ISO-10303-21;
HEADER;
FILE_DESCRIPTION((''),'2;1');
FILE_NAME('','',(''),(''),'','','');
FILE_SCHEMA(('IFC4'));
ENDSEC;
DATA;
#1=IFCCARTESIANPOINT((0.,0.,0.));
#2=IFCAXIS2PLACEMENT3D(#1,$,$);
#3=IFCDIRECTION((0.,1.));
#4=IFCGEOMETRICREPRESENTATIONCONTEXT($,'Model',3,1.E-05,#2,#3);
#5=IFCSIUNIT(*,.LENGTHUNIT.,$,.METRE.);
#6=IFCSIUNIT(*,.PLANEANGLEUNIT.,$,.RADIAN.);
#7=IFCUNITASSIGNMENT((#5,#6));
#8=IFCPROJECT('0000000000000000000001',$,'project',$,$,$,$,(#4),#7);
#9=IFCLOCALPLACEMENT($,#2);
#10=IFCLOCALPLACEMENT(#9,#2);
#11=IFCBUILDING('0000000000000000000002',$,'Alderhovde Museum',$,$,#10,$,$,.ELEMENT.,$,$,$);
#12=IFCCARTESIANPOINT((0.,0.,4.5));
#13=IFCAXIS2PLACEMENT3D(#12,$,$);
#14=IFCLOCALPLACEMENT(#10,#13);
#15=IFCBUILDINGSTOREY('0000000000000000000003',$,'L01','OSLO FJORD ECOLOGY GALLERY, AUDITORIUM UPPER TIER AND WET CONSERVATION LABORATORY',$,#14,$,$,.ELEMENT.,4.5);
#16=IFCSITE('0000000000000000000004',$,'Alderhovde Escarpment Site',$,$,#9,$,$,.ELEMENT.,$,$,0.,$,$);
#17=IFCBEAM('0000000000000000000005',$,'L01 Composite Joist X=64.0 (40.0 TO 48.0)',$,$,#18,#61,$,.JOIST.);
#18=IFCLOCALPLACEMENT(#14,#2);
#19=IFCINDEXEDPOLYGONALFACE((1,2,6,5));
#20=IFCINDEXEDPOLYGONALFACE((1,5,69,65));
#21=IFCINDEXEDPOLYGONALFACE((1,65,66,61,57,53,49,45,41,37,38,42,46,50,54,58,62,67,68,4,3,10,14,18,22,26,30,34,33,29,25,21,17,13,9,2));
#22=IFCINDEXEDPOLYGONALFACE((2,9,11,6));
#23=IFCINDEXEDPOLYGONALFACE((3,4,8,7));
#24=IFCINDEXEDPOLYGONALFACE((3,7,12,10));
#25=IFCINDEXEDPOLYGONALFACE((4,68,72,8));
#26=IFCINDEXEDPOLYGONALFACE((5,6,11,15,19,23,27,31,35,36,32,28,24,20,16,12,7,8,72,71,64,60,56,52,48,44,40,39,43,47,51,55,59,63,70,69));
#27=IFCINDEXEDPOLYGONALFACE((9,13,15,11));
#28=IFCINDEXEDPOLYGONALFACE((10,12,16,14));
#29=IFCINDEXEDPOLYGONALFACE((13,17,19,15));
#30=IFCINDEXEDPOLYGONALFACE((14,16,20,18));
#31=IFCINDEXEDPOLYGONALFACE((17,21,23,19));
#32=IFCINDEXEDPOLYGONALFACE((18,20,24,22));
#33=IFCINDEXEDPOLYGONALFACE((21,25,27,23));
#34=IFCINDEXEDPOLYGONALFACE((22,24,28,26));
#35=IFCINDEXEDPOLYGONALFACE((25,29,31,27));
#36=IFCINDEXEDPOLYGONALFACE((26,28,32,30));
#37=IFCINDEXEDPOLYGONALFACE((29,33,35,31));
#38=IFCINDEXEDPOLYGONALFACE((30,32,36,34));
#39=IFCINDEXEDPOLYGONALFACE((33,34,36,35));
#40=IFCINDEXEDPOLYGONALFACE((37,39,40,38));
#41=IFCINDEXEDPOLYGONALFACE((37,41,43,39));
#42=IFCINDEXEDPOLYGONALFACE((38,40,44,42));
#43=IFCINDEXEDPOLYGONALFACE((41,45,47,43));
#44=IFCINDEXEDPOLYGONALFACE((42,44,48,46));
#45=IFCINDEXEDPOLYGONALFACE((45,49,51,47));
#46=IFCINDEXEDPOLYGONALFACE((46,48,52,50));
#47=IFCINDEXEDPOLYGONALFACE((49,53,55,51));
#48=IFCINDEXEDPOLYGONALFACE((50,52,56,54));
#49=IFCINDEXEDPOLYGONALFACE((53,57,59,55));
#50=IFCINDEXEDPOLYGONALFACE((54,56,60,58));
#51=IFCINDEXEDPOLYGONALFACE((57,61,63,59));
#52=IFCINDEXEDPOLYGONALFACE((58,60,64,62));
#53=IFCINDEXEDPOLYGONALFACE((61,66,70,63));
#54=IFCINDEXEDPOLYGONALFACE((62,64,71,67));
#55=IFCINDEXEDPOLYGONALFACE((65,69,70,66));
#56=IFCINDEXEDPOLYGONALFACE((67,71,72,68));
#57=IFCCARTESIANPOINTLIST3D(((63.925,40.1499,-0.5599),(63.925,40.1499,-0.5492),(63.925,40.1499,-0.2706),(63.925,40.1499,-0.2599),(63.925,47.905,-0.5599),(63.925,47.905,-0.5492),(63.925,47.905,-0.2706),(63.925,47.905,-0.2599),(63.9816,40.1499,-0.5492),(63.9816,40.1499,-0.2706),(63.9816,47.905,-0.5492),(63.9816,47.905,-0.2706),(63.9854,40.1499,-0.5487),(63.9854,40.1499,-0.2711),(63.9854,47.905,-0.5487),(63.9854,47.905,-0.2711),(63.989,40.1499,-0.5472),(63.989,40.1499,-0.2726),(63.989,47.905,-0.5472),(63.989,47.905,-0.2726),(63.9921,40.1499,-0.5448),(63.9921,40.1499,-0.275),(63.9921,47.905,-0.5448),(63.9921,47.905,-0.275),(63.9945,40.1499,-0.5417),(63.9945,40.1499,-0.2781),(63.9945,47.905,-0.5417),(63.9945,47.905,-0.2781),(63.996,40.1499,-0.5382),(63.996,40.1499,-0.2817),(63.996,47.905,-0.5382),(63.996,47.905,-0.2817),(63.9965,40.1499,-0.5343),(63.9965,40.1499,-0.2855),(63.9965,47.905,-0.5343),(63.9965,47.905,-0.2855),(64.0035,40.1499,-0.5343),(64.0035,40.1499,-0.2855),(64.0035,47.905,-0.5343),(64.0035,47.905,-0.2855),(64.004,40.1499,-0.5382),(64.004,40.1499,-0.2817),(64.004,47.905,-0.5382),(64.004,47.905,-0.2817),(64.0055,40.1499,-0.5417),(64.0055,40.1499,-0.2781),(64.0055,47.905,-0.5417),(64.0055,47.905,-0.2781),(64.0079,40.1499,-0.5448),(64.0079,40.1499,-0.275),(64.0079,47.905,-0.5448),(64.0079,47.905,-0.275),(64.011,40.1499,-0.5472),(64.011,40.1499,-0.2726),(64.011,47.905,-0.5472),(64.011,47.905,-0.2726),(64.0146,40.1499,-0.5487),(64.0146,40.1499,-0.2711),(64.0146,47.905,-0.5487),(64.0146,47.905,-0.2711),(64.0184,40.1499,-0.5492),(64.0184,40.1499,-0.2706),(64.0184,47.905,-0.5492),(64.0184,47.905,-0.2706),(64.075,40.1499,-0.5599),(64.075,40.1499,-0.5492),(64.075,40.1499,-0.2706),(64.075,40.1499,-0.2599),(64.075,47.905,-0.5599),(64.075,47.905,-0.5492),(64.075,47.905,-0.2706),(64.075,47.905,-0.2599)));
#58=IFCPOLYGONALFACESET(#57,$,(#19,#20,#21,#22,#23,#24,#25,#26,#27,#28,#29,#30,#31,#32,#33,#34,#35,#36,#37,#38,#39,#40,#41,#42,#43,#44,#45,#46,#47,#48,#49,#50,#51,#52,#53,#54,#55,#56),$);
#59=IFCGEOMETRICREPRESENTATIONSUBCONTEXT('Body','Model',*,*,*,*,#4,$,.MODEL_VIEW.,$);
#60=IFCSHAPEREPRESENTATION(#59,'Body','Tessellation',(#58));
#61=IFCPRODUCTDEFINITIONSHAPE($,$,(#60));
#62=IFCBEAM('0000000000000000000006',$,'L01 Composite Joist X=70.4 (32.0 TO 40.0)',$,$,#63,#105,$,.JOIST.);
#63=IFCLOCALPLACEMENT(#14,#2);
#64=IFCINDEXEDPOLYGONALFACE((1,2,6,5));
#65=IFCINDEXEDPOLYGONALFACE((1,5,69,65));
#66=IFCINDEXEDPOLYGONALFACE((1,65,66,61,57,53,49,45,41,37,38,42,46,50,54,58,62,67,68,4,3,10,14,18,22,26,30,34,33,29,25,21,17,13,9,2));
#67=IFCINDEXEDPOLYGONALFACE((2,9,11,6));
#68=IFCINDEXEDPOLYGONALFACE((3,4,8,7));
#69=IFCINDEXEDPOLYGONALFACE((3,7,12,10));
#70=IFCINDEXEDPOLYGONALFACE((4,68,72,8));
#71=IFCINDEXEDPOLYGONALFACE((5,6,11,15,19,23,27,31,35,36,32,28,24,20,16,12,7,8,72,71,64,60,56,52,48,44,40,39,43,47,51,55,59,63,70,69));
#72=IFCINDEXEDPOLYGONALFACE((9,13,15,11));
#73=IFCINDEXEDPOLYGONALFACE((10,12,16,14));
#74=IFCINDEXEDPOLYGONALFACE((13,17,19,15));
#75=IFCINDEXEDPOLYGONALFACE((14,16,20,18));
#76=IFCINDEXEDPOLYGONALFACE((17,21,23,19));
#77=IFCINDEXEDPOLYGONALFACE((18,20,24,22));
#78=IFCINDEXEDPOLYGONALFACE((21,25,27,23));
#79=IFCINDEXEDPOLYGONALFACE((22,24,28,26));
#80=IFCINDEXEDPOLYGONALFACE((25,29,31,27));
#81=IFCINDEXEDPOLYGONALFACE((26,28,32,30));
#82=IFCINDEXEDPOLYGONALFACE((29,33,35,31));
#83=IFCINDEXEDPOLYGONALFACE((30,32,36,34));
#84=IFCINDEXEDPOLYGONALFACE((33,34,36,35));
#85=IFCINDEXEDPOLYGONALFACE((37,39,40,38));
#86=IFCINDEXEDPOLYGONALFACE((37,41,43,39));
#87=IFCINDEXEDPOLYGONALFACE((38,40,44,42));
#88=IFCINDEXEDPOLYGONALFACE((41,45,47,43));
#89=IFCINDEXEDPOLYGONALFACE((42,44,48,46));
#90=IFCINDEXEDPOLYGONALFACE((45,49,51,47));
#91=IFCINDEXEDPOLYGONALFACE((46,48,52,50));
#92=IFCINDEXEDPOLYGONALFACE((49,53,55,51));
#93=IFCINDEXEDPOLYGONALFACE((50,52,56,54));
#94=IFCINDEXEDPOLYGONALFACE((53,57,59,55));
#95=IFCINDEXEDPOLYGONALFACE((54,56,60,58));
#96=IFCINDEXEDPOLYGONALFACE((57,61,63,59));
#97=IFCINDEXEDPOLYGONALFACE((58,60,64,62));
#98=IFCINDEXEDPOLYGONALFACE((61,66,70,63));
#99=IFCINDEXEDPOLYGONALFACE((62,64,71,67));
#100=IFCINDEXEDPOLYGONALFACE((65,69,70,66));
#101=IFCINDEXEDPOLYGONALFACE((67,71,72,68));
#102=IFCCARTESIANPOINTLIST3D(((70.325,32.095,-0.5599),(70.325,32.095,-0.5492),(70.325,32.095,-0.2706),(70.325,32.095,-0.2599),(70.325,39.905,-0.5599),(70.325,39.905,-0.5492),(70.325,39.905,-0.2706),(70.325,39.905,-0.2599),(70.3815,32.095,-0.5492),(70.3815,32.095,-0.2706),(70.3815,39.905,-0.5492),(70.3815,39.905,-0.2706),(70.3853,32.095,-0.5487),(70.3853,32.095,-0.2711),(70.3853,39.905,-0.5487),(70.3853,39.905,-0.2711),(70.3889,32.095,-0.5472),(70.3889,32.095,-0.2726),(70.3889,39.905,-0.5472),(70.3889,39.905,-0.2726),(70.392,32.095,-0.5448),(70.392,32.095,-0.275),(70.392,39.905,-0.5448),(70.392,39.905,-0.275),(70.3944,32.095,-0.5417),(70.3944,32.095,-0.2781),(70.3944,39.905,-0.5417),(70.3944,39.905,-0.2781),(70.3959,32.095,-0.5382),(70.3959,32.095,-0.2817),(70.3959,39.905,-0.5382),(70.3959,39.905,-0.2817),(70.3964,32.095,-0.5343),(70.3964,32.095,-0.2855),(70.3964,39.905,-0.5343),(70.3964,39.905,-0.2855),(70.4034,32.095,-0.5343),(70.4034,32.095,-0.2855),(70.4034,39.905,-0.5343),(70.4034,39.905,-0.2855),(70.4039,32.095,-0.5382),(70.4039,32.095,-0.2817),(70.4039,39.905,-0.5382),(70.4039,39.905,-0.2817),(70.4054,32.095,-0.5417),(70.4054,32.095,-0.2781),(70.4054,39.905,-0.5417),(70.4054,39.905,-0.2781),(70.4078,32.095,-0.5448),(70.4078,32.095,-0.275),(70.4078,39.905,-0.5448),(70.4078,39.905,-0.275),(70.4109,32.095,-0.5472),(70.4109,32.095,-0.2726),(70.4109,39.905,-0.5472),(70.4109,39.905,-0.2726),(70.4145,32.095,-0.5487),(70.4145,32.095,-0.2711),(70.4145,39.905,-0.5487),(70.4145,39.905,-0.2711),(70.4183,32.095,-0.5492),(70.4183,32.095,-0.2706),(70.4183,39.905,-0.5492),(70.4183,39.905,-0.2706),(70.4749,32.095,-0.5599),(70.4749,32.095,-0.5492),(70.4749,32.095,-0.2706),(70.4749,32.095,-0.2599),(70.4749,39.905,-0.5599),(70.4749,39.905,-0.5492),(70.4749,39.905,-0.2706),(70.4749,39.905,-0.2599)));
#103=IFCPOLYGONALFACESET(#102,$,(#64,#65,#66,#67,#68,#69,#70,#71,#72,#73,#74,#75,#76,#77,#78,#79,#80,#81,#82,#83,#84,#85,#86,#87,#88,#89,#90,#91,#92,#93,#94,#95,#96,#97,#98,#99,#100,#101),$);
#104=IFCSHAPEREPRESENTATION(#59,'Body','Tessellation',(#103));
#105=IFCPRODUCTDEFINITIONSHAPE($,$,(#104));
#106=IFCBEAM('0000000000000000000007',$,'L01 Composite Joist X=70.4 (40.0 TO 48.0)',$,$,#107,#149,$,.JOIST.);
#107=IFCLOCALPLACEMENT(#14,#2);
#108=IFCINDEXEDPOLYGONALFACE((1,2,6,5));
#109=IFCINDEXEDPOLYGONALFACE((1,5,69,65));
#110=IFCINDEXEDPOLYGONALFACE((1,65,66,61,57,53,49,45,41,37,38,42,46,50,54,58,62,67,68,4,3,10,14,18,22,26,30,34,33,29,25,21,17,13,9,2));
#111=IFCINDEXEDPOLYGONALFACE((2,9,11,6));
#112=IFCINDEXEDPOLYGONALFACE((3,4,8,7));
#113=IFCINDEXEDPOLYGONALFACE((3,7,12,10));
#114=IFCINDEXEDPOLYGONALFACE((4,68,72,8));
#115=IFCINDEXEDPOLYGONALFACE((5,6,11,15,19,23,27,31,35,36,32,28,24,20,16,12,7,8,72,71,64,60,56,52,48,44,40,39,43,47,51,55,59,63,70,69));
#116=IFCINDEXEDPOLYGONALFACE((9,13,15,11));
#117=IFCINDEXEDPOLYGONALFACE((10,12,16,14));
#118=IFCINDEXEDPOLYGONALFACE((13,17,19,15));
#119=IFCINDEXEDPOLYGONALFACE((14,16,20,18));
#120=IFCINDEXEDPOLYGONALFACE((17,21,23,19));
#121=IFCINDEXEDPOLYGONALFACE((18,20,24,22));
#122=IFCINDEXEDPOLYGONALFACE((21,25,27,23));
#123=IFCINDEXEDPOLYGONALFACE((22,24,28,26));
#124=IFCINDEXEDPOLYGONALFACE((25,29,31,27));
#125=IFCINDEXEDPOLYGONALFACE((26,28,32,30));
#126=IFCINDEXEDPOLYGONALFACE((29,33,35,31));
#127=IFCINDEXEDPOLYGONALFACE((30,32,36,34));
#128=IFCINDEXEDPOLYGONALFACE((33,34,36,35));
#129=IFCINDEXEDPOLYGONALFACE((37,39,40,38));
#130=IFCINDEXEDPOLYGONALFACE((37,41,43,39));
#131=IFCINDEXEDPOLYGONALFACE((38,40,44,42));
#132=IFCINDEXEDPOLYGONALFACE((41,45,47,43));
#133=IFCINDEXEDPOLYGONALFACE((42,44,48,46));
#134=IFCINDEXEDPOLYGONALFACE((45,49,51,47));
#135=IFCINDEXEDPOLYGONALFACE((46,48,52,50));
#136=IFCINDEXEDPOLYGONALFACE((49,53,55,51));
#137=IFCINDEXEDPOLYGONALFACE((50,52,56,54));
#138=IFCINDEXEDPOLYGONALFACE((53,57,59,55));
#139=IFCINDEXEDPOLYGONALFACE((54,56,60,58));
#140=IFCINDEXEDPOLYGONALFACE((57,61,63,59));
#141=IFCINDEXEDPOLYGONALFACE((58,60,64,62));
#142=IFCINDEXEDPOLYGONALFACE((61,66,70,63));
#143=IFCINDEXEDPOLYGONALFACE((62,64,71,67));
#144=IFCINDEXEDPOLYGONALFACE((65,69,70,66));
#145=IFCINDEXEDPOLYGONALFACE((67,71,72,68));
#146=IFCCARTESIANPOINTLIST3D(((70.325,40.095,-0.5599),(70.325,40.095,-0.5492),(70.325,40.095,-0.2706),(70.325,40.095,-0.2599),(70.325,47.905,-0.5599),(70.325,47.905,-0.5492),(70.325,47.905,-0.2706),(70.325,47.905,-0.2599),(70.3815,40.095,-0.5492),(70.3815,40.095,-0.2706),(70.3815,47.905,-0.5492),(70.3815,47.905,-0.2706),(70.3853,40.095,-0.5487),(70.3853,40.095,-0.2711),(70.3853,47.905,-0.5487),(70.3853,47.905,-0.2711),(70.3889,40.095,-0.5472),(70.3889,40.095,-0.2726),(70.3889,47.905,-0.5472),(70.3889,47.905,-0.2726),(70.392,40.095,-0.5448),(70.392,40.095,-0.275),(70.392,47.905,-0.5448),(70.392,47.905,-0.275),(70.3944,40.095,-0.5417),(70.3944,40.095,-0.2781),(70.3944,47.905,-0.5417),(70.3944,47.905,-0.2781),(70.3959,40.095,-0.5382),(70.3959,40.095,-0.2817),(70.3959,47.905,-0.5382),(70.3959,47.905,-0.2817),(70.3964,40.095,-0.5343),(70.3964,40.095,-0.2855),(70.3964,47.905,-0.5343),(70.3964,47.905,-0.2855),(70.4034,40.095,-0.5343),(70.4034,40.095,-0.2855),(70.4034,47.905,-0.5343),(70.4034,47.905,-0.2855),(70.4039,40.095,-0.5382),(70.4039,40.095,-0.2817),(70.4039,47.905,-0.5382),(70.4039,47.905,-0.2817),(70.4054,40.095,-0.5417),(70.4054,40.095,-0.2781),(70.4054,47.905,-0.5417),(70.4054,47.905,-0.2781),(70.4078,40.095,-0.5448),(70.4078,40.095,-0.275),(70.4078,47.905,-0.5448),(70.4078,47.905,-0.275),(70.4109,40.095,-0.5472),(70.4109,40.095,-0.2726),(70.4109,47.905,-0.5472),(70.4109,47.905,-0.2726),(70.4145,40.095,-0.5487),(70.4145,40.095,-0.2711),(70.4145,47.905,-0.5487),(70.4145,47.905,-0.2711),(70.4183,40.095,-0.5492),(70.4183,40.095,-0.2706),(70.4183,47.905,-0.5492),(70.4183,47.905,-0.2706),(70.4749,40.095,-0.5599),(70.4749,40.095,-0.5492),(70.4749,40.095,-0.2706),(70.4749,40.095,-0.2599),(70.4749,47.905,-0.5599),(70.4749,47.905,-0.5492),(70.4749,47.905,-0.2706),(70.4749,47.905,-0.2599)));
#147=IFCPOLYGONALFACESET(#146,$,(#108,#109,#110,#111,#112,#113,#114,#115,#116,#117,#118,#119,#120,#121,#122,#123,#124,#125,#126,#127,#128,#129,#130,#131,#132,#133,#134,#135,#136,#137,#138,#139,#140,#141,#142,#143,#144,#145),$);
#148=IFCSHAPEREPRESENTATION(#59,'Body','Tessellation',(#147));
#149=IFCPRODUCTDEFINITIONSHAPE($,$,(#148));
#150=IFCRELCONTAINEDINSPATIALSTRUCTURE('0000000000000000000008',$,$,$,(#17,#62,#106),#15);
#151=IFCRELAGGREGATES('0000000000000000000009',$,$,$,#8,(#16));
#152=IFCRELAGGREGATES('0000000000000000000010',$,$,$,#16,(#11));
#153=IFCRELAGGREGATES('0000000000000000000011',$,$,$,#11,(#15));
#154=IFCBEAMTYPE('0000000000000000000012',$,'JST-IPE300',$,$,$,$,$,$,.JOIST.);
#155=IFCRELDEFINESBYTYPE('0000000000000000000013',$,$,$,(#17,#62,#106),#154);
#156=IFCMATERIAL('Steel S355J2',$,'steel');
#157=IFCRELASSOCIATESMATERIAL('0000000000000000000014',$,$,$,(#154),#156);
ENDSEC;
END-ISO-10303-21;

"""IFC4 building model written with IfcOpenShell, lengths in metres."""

from ifc_helpers import new_model, si_unit, direction, frame, origin, origin_2d, place, context, subcontext, project, spatial, i_section, extrude, material, material_profile, profile_set, type_object, element, save


model = new_model("IFC4")

# Units and contexts
model_context = context("Model", 3, precision=1e-05, world=origin(), true_north=direction((0.0, 1.0)))
body_context = subcontext(model_context, "Body", "Model", "MODEL_VIEW")
ifc_project = project(units=[si_unit("LENGTHUNIT", "METRE"), si_unit("PLANEANGLEUNIT", "RADIAN")], contexts=[model_context])

# Site, building, storey
site_placement = place(None, origin())
site = spatial("IfcSite", under=ifc_project, at=site_placement, Name="Alderhovde Escarpment Site", CompositionType="ELEMENT", RefElevation=0.0)
building_placement = place(site_placement, origin())
building = spatial("IfcBuilding", under=site, at=building_placement, Name="Alderhovde Museum", CompositionType="ELEMENT")
storey_placement = place(building_placement, frame((0.0, 0.0, 4.5)))
storey = spatial("IfcBuildingStorey", under=building, at=storey_placement, Name="L01", Description="OSLO FJORD ECOLOGY GALLERY, AUDITORIUM UPPER TIER AND WET CONSERVATION LABORATORY", CompositionType="ELEMENT", Elevation=4.5)

# Beams
ifc_material_1 = material(Name="Steel S355J2", Category="steel")
ifc_material_profile_1 = material_profile(ifc_material_1, i_section(OverallWidth=0.1499, OverallDepth=0.3, WebThickness=0.0071, FlangeThickness=0.0107, FilletRadius=0.0149, at=origin_2d()), Name="IPE 300")
ifc_profile_set_1 = profile_set([ifc_material_profile_1], Name="Steel S355J2")
beam_type_1 = type_object("IfcBeamType", Name="JST-IPE300", PredefinedType="JOIST", material=ifc_profile_set_1)
for number, where, z_axis, x_axis, name in (
    (1, (64.0, 40.1499, -0.4099), (0.0, 1.0, 0.0), (-1.0, 0.0, 0.0), "L01 Composite Joist X=64.0 (40.0 TO 48.0)"),
):
    element("IfcBeam", number, at=place(storey_placement, frame(where, z_axis=z_axis, x_axis=x_axis)), inside=storey, type_object=beam_type_1, Name=name, PredefinedType="JOIST", context=body_context, shape_type="SweptSolid", body=[
        extrude(i_section(OverallWidth=0.1499, OverallDepth=0.3, WebThickness=0.0071, FlangeThickness=0.0107, FilletRadius=0.0149, at=origin_2d()), origin(), (0.0, 0.0, 1.0), 7.7551),
    ])
for number, where, z_axis, x_axis, name in (
    (2, (70.3999, 32.095, -0.4099), (0.0, 1.0, 0.0), (-1.0, 0.0, 0.0), "L01 Composite Joist X=70.4 (32.0 TO 40.0)"),
    (3, (70.3999, 40.095, -0.4099), (0.0, 1.0, 0.0), (-1.0, 0.0, 0.0), "L01 Composite Joist X=70.4 (40.0 TO 48.0)"),
):
    element("IfcBeam", number, at=place(storey_placement, frame(where, z_axis=z_axis, x_axis=x_axis)), inside=storey, type_object=beam_type_1, Name=name, PredefinedType="JOIST", context=body_context, shape_type="SweptSolid", body=[
        extrude(i_section(OverallWidth=0.1499, OverallDepth=0.3, WebThickness=0.0071, FlangeThickness=0.0107, FilletRadius=0.0149, at=origin_2d()), origin(), (0.0, 0.0, 1.0), 7.8101),
    ])

save(model, "model.ifc")
